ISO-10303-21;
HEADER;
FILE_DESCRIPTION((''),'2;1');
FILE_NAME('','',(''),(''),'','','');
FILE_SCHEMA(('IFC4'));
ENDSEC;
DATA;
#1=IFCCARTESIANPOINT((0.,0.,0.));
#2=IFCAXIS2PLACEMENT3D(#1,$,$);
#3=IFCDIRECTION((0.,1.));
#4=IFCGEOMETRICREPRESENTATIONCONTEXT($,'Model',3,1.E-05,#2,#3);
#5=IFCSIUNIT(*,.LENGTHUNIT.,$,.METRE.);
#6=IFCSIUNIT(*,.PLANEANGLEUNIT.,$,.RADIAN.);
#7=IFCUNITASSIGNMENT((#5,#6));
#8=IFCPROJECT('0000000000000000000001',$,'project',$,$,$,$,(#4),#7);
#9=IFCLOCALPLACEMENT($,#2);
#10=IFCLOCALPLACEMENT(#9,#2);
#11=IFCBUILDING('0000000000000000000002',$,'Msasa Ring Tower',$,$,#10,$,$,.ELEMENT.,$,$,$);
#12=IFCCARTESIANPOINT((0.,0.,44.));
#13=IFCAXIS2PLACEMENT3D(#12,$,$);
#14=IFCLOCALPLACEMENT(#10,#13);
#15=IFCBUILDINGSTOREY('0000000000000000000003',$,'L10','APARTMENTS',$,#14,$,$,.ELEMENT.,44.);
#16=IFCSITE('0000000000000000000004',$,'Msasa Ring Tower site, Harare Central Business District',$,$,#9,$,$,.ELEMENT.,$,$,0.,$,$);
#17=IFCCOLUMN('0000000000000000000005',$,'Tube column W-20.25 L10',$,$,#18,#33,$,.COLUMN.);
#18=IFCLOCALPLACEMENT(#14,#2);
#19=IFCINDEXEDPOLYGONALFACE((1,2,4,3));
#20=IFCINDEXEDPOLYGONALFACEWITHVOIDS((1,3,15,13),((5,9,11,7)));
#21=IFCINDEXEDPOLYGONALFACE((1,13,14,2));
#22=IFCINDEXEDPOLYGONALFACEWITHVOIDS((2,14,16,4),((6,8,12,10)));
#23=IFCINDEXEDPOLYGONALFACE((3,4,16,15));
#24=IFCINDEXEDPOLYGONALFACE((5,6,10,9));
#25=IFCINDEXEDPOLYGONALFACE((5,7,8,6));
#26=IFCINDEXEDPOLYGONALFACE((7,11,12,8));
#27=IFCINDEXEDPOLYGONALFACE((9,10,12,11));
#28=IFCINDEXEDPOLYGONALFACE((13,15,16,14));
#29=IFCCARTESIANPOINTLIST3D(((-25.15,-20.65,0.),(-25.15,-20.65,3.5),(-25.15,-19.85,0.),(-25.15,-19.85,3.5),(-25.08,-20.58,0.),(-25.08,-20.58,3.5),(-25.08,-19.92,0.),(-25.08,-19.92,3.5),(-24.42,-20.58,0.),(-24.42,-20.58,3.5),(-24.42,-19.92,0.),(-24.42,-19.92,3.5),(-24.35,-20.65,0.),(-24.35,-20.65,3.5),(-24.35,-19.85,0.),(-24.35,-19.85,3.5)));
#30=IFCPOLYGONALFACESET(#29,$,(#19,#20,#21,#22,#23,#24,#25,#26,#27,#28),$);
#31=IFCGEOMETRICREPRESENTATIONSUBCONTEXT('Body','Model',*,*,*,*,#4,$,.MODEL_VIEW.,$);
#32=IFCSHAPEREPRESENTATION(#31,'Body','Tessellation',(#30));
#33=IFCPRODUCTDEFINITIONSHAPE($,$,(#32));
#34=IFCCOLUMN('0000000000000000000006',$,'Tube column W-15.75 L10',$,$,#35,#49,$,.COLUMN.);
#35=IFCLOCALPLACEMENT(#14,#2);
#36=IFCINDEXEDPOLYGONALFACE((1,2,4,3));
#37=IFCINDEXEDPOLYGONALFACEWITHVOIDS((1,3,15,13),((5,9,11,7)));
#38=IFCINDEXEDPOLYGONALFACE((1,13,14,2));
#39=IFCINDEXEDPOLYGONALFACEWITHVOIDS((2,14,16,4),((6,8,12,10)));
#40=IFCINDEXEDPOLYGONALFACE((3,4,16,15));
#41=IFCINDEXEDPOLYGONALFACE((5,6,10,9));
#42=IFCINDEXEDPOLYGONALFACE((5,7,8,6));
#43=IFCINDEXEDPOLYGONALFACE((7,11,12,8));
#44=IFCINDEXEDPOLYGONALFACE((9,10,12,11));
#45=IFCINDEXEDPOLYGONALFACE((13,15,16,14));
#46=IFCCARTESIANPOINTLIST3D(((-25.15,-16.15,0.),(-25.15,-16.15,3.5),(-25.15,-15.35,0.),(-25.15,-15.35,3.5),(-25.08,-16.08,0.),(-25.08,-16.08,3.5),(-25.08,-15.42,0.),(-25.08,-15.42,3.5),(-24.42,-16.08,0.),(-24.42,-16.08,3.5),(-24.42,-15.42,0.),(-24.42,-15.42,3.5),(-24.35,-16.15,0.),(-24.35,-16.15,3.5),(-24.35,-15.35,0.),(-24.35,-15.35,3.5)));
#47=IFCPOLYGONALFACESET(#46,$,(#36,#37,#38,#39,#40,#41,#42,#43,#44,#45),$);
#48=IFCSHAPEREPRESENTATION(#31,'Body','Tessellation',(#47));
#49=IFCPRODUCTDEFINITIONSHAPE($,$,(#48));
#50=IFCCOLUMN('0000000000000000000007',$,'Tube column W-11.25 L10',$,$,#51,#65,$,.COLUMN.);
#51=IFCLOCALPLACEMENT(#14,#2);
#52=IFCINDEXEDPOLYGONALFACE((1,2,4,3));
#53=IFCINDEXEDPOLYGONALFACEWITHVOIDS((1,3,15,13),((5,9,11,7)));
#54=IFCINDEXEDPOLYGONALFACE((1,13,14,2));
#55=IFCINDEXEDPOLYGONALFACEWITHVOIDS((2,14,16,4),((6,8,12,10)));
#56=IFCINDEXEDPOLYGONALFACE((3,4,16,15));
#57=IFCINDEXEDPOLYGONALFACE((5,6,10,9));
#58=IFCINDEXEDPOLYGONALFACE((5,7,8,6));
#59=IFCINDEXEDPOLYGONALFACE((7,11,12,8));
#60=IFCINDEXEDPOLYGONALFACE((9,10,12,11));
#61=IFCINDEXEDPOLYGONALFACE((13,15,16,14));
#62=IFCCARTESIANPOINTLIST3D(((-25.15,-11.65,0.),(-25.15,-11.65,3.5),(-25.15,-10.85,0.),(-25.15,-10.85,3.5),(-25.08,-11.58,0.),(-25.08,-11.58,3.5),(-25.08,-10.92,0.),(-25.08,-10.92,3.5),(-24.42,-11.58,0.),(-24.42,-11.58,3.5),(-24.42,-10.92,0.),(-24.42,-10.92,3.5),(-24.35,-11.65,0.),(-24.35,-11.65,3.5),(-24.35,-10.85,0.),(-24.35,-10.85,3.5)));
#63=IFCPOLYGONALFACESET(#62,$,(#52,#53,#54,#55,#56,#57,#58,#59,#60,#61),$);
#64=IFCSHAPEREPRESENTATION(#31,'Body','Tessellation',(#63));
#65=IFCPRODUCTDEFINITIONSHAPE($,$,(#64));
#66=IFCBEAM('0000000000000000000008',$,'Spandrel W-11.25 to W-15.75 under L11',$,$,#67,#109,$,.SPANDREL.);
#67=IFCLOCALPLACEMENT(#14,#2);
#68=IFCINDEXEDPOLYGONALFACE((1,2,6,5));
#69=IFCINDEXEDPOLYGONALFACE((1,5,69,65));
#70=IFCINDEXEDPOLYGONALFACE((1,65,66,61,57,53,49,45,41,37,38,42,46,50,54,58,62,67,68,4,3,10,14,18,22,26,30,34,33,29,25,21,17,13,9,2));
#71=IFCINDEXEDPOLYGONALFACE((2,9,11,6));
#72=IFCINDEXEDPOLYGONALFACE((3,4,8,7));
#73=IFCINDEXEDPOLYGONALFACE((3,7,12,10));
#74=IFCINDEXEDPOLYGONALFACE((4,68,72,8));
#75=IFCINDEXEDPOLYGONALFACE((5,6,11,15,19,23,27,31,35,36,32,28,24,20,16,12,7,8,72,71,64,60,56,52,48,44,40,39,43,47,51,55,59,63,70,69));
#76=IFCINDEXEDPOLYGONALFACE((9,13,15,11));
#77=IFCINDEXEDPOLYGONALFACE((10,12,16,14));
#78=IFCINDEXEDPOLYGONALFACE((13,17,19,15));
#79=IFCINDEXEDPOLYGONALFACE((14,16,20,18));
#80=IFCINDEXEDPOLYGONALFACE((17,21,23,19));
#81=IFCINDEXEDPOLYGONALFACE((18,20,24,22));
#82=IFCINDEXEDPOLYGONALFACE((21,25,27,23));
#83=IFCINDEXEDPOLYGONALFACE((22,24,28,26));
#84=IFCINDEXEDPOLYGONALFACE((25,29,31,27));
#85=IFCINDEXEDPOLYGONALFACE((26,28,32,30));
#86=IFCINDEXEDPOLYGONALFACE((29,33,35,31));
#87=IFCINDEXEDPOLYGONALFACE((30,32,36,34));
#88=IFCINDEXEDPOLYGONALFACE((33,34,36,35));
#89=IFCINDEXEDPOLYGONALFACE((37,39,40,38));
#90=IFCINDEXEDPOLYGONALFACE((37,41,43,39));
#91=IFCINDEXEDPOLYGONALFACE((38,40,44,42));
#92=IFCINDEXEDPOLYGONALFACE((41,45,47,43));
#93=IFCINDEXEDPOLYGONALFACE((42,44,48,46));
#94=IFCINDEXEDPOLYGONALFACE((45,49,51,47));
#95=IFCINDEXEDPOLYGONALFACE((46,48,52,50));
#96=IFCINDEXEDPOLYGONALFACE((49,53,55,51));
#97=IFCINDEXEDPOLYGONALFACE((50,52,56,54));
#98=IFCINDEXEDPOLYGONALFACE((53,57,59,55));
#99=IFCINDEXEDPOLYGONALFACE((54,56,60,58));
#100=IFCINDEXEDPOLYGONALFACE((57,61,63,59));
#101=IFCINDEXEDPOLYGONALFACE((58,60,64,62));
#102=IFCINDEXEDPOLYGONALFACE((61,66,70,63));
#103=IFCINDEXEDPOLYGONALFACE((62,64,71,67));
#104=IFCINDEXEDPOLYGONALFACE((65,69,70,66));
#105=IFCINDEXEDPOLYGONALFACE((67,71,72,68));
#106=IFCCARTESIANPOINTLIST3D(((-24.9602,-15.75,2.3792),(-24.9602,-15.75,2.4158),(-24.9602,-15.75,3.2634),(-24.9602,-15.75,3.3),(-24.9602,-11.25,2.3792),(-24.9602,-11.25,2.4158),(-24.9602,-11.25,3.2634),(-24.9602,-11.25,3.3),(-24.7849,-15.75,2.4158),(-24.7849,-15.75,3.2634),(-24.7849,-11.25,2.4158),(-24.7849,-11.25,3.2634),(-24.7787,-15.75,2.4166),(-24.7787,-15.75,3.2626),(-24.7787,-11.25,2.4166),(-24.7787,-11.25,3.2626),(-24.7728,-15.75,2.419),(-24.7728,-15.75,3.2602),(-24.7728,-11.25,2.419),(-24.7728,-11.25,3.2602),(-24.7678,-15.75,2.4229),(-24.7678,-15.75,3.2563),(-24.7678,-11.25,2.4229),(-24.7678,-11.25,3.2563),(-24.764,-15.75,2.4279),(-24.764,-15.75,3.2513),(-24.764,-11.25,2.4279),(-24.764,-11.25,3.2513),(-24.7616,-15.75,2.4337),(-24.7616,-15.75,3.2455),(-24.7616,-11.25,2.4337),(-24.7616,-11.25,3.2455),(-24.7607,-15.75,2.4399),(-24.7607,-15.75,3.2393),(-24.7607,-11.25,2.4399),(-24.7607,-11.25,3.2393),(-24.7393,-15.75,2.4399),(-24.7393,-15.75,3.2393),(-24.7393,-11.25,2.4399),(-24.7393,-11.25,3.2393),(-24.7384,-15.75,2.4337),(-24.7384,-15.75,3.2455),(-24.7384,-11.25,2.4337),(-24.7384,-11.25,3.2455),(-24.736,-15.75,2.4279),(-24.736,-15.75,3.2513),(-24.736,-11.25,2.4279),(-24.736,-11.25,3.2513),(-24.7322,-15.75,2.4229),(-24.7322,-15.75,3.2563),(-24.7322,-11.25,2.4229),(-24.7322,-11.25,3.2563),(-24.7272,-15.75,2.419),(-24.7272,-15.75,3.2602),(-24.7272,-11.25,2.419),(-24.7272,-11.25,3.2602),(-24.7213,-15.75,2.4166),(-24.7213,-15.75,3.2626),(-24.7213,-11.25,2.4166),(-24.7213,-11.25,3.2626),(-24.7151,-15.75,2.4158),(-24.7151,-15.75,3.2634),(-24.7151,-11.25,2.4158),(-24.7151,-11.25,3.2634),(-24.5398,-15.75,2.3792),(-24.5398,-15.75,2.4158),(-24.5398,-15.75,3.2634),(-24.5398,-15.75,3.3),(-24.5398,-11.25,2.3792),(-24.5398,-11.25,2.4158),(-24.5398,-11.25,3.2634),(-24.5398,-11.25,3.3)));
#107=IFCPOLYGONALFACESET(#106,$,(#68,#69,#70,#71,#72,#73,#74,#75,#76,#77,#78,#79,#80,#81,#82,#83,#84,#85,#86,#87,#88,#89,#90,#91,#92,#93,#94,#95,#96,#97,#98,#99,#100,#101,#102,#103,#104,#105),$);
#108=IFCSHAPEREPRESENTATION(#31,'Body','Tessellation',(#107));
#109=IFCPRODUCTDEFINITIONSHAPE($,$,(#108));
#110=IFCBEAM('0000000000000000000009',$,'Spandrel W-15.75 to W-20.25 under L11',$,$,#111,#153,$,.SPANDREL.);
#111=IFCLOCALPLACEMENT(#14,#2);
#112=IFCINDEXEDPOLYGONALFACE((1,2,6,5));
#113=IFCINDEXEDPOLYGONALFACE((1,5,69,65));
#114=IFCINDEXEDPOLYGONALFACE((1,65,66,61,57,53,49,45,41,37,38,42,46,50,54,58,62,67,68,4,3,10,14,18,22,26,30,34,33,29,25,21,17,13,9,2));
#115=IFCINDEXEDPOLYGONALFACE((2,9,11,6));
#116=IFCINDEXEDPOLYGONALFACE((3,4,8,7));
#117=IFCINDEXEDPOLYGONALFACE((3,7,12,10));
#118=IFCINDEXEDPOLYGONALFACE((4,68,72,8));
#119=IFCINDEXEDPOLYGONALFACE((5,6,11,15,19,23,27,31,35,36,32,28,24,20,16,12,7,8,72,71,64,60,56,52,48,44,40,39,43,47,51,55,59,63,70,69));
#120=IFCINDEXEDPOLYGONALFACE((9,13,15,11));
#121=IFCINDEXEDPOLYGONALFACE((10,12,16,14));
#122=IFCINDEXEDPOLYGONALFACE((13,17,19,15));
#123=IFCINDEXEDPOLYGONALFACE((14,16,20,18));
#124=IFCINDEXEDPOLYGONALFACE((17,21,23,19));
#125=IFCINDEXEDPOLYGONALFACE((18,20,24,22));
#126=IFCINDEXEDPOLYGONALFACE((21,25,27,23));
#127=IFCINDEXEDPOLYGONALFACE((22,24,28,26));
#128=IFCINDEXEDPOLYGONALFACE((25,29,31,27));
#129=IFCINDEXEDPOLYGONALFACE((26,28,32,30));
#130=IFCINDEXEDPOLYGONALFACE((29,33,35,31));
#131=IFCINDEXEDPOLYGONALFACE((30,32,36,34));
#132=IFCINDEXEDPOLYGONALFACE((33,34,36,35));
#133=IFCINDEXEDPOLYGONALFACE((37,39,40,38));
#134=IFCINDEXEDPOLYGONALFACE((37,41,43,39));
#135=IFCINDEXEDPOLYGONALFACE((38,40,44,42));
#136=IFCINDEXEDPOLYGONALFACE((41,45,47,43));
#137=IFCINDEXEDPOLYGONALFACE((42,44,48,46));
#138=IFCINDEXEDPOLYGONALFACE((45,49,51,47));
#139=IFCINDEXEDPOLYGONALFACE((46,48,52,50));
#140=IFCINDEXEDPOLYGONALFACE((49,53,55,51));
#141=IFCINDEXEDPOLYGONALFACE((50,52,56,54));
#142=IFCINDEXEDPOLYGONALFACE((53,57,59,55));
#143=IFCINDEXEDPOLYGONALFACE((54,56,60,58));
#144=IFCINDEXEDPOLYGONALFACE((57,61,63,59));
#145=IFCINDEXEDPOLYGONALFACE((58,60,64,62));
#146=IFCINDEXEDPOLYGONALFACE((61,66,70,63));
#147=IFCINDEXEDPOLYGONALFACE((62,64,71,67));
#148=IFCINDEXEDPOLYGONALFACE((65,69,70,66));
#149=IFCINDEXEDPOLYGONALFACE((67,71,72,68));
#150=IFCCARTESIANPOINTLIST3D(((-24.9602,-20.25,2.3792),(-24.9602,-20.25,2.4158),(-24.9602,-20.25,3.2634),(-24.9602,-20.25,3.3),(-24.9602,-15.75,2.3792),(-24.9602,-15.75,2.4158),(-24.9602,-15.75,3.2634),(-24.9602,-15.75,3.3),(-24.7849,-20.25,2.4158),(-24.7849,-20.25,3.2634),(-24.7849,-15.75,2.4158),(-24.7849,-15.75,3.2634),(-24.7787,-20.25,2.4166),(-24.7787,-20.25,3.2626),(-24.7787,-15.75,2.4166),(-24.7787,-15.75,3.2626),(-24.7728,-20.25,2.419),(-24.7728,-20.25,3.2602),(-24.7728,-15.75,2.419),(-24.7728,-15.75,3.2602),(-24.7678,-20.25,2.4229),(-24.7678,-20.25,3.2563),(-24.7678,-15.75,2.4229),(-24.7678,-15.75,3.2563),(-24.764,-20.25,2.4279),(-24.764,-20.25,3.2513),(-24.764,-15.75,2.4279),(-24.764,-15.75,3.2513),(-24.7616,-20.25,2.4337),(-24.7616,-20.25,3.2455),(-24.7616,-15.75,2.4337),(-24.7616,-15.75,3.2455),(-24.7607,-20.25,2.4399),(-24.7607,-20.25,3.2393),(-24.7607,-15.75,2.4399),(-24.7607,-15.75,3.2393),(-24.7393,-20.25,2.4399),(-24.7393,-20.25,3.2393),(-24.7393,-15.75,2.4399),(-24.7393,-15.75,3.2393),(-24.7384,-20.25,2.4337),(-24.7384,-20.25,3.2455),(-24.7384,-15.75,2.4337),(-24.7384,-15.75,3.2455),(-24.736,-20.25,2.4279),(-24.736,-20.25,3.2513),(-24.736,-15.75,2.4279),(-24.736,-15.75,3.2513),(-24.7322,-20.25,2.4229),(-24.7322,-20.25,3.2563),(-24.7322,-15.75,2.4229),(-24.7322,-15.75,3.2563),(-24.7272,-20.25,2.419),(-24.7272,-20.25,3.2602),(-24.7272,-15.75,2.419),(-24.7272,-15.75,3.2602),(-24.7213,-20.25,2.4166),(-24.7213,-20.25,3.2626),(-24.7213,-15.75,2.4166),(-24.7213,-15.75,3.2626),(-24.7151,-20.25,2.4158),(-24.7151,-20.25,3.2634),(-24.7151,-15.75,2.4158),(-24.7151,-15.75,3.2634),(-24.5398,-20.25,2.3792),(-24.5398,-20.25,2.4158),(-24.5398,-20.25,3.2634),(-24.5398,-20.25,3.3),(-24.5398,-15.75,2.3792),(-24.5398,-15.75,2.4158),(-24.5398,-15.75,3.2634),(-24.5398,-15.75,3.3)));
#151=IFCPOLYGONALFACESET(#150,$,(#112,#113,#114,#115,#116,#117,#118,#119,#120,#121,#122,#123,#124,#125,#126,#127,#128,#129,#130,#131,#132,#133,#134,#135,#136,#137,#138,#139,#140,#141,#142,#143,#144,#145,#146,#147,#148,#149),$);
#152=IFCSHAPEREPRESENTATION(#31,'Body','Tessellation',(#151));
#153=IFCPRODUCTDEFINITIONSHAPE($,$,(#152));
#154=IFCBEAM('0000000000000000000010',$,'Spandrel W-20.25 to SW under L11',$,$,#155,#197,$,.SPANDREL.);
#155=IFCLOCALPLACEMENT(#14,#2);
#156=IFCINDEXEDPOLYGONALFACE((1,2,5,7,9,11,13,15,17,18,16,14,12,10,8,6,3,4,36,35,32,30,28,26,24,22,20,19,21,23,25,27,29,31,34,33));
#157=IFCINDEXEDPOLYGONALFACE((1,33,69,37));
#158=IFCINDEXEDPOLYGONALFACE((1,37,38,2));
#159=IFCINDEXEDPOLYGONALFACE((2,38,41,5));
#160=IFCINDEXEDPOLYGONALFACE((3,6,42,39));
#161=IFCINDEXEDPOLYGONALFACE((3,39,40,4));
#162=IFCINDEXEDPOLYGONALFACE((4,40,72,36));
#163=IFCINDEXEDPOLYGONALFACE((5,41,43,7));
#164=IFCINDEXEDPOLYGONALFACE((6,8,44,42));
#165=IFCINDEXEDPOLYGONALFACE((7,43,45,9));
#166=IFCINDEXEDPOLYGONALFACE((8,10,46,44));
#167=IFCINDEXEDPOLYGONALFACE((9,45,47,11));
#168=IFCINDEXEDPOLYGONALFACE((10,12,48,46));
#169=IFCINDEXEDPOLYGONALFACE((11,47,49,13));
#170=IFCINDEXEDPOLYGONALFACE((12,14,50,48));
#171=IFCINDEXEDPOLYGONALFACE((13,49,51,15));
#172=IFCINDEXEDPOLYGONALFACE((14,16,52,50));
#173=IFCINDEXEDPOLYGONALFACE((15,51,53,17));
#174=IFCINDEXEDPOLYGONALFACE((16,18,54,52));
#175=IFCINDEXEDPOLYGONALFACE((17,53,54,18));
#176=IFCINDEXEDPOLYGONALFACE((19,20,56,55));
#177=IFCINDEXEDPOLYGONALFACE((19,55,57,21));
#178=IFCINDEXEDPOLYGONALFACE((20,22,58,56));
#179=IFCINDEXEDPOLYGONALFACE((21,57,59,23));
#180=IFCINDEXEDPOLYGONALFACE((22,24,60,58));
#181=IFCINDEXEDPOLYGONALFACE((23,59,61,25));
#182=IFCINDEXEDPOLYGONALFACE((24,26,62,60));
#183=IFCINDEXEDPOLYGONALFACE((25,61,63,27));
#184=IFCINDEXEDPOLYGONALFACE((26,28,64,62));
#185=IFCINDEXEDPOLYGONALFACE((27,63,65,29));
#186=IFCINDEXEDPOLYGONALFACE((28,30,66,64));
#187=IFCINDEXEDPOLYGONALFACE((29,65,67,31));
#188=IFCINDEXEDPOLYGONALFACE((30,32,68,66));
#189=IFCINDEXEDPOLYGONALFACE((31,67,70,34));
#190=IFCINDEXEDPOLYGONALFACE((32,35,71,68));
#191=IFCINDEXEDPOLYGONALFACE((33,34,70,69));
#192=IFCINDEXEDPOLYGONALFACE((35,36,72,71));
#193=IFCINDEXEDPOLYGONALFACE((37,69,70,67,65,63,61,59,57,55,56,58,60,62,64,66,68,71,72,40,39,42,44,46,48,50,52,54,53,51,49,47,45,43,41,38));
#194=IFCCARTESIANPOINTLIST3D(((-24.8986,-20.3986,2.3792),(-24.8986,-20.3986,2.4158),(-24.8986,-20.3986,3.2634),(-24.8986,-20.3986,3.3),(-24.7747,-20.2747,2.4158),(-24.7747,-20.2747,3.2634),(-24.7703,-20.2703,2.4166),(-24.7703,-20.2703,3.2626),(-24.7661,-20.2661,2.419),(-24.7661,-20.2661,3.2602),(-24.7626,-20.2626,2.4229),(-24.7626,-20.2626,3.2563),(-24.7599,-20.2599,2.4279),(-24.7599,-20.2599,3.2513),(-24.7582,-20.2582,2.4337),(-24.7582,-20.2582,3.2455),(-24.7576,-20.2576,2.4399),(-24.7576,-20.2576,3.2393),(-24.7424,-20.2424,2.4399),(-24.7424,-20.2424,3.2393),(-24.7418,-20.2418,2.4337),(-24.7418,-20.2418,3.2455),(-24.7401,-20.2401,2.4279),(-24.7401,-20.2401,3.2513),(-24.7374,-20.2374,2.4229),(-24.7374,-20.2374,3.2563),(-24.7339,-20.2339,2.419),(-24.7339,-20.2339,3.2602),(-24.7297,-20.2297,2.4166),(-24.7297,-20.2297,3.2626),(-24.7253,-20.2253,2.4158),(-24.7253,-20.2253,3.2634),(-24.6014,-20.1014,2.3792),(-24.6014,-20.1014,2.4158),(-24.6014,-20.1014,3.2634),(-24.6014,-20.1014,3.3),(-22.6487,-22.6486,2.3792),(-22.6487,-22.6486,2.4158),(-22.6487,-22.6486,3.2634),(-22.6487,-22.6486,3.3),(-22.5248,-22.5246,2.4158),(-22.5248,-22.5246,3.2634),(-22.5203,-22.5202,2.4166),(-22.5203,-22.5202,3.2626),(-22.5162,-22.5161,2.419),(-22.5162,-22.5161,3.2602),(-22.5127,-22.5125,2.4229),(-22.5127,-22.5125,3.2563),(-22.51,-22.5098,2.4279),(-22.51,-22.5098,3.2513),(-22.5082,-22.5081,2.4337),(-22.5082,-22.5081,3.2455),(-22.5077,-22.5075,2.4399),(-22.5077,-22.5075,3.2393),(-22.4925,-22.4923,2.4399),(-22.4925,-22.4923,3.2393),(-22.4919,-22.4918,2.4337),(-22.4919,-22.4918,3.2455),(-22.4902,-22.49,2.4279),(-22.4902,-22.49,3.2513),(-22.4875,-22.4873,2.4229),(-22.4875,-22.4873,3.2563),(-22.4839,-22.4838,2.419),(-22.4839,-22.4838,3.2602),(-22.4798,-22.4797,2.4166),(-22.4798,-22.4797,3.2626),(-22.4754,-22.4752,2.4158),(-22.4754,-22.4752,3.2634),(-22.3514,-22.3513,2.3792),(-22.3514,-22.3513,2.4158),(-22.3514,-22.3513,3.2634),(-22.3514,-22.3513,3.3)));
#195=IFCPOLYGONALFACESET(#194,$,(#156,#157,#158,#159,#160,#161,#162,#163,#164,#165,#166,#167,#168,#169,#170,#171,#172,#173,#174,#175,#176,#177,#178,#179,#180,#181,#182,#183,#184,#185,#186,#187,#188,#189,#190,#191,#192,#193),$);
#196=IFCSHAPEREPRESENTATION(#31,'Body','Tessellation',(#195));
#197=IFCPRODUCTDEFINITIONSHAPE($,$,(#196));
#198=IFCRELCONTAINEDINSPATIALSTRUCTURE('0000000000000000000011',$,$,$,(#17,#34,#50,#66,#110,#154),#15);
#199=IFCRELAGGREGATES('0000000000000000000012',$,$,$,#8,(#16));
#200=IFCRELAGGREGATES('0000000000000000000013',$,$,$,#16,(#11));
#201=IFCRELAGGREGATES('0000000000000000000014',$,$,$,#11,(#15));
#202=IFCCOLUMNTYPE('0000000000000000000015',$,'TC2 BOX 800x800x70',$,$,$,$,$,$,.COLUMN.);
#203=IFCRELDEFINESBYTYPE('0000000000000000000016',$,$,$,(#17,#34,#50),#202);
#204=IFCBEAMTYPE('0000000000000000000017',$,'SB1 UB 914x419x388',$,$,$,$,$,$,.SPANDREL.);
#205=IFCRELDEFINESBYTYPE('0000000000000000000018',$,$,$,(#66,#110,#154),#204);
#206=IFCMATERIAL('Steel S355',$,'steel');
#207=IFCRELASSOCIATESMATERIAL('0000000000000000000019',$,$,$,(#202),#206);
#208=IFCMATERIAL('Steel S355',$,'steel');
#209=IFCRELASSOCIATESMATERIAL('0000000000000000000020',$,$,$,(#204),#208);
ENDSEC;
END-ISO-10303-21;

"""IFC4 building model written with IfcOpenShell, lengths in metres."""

from ifc_helpers import new_model, si_unit, direction, frame, origin, origin_2d, place, context, subcontext, project, spatial, hollow_rectangle, i_section, extrude, material, material_profile, profile_set, type_object, element, save


model = new_model("IFC4")

# Units and contexts
model_context = context("Model", 3, precision=1e-05, world=origin(), true_north=direction((0.0, 1.0)))
body_context = subcontext(model_context, "Body", "Model", "MODEL_VIEW")
ifc_project = project(units=[si_unit("LENGTHUNIT", "METRE"), si_unit("PLANEANGLEUNIT", "RADIAN")], contexts=[model_context])

# Site, building, storey
site_placement = place(None, origin())
site = spatial("IfcSite", under=ifc_project, at=site_placement, Name="Msasa Ring Tower site, Harare Central Business District", CompositionType="ELEMENT", RefElevation=0.0)
building_placement = place(site_placement, origin())
building = spatial("IfcBuilding", under=site, at=building_placement, Name="Msasa Ring Tower", CompositionType="ELEMENT")
storey_placement = place(building_placement, frame((0.0, 0.0, 44.0)))
storey = spatial("IfcBuildingStorey", under=building, at=storey_placement, Name="L10", Description="APARTMENTS", CompositionType="ELEMENT", Elevation=44.0)

# Columns
ifc_material_1 = material(Name="Steel S355", Category="steel")
ifc_material_profile_1 = material_profile(ifc_material_1, hollow_rectangle(XDim=0.8, YDim=0.8, WallThickness=0.0701, at=origin_2d()), Name="BOX 800x800x70")
ifc_profile_set_1 = profile_set([ifc_material_profile_1], Name="Steel S355")
column_type = type_object("IfcColumnType", Name="TC2 BOX 800x800x70", PredefinedType="COLUMN", material=ifc_profile_set_1)
for number, where, z_axis, x_axis, name in (
    (1, (-24.75, -20.25, 0.0), (0.0, 0.0, 1.0), (1.0, 0.0, 0.0), "Tube column W-20.25 L10"),
    (2, (-24.75, -15.75, 0.0), (0.0, 0.0, 1.0), (1.0, 0.0, 0.0), "Tube column W-15.75 L10"),
    (3, (-24.75, -11.25, 0.0), (0.0, 0.0, 1.0), (1.0, 0.0, 0.0), "Tube column W-11.25 L10"),
):
    element("IfcColumn", number, at=place(storey_placement, frame(where, z_axis=z_axis, x_axis=x_axis)), inside=storey, type_object=column_type, Name=name, PredefinedType="COLUMN", context=body_context, shape_type="SweptSolid", body=[
        extrude(hollow_rectangle(XDim=0.8, YDim=0.8, WallThickness=0.0701, at=origin_2d()), origin(), (0.0, 0.0, 1.0), 3.5),
    ])

# Beams
ifc_material_2 = material(Name="Steel S355", Category="steel")
ifc_material_profile_2 = material_profile(ifc_material_2, i_section(OverallWidth=0.4204, OverallDepth=0.9209, WebThickness=0.0215, FlangeThickness=0.0366, FilletRadius=0.0242, at=origin_2d()), Name="UB 914x419x388")
ifc_profile_set_2 = profile_set([ifc_material_profile_2], Name="Steel S355")
beam_type = type_object("IfcBeamType", Name="SB1 UB 914x419x388", PredefinedType="SPANDREL", material=ifc_profile_set_2)
for number, where, z_axis, x_axis, name in (
    (4, (-24.75, -11.25, 2.8396), (0.0, -1.0, 0.0), (1.0, 0.0, 0.0), "Spandrel W-11.25 to W-15.75 under L11"),
    (5, (-24.75, -15.75, 2.8396), (0.0, -1.0, 0.0), (1.0, 0.0, 0.0), "Spandrel W-15.75 to W-20.25 under L11"),
):
    element("IfcBeam", number, at=place(storey_placement, frame(where, z_axis=z_axis, x_axis=x_axis)), inside=storey, type_object=beam_type, Name=name, PredefinedType="SPANDREL", context=body_context, shape_type="SweptSolid", body=[
        extrude(i_section(OverallWidth=0.4204, OverallDepth=0.9209, WebThickness=0.0215, FlangeThickness=0.0366, FilletRadius=0.0242, at=origin_2d()), origin(), (0.0, 0.0, 1.0), 4.5),
    ])
beam_placement = place(storey_placement, frame((-24.75, -20.25, 2.8396), z_axis=(0.707107, -0.707107, 0.0), x_axis=(0.707107, 0.707107, 0.0)))
element("IfcBeam", 6, at=beam_placement, inside=storey, type_object=beam_type, Name="Spandrel W-20.25 to SW under L11", PredefinedType="SPANDREL", context=body_context, shape_type="SweptSolid", body=[
    extrude(i_section(OverallWidth=0.4204, OverallDepth=0.9209, WebThickness=0.0215, FlangeThickness=0.0366, FilletRadius=0.0242, at=origin_2d()), origin(), (0.0, 0.0, 1.0), 3.1819),
])

save(model, "model.ifc")
